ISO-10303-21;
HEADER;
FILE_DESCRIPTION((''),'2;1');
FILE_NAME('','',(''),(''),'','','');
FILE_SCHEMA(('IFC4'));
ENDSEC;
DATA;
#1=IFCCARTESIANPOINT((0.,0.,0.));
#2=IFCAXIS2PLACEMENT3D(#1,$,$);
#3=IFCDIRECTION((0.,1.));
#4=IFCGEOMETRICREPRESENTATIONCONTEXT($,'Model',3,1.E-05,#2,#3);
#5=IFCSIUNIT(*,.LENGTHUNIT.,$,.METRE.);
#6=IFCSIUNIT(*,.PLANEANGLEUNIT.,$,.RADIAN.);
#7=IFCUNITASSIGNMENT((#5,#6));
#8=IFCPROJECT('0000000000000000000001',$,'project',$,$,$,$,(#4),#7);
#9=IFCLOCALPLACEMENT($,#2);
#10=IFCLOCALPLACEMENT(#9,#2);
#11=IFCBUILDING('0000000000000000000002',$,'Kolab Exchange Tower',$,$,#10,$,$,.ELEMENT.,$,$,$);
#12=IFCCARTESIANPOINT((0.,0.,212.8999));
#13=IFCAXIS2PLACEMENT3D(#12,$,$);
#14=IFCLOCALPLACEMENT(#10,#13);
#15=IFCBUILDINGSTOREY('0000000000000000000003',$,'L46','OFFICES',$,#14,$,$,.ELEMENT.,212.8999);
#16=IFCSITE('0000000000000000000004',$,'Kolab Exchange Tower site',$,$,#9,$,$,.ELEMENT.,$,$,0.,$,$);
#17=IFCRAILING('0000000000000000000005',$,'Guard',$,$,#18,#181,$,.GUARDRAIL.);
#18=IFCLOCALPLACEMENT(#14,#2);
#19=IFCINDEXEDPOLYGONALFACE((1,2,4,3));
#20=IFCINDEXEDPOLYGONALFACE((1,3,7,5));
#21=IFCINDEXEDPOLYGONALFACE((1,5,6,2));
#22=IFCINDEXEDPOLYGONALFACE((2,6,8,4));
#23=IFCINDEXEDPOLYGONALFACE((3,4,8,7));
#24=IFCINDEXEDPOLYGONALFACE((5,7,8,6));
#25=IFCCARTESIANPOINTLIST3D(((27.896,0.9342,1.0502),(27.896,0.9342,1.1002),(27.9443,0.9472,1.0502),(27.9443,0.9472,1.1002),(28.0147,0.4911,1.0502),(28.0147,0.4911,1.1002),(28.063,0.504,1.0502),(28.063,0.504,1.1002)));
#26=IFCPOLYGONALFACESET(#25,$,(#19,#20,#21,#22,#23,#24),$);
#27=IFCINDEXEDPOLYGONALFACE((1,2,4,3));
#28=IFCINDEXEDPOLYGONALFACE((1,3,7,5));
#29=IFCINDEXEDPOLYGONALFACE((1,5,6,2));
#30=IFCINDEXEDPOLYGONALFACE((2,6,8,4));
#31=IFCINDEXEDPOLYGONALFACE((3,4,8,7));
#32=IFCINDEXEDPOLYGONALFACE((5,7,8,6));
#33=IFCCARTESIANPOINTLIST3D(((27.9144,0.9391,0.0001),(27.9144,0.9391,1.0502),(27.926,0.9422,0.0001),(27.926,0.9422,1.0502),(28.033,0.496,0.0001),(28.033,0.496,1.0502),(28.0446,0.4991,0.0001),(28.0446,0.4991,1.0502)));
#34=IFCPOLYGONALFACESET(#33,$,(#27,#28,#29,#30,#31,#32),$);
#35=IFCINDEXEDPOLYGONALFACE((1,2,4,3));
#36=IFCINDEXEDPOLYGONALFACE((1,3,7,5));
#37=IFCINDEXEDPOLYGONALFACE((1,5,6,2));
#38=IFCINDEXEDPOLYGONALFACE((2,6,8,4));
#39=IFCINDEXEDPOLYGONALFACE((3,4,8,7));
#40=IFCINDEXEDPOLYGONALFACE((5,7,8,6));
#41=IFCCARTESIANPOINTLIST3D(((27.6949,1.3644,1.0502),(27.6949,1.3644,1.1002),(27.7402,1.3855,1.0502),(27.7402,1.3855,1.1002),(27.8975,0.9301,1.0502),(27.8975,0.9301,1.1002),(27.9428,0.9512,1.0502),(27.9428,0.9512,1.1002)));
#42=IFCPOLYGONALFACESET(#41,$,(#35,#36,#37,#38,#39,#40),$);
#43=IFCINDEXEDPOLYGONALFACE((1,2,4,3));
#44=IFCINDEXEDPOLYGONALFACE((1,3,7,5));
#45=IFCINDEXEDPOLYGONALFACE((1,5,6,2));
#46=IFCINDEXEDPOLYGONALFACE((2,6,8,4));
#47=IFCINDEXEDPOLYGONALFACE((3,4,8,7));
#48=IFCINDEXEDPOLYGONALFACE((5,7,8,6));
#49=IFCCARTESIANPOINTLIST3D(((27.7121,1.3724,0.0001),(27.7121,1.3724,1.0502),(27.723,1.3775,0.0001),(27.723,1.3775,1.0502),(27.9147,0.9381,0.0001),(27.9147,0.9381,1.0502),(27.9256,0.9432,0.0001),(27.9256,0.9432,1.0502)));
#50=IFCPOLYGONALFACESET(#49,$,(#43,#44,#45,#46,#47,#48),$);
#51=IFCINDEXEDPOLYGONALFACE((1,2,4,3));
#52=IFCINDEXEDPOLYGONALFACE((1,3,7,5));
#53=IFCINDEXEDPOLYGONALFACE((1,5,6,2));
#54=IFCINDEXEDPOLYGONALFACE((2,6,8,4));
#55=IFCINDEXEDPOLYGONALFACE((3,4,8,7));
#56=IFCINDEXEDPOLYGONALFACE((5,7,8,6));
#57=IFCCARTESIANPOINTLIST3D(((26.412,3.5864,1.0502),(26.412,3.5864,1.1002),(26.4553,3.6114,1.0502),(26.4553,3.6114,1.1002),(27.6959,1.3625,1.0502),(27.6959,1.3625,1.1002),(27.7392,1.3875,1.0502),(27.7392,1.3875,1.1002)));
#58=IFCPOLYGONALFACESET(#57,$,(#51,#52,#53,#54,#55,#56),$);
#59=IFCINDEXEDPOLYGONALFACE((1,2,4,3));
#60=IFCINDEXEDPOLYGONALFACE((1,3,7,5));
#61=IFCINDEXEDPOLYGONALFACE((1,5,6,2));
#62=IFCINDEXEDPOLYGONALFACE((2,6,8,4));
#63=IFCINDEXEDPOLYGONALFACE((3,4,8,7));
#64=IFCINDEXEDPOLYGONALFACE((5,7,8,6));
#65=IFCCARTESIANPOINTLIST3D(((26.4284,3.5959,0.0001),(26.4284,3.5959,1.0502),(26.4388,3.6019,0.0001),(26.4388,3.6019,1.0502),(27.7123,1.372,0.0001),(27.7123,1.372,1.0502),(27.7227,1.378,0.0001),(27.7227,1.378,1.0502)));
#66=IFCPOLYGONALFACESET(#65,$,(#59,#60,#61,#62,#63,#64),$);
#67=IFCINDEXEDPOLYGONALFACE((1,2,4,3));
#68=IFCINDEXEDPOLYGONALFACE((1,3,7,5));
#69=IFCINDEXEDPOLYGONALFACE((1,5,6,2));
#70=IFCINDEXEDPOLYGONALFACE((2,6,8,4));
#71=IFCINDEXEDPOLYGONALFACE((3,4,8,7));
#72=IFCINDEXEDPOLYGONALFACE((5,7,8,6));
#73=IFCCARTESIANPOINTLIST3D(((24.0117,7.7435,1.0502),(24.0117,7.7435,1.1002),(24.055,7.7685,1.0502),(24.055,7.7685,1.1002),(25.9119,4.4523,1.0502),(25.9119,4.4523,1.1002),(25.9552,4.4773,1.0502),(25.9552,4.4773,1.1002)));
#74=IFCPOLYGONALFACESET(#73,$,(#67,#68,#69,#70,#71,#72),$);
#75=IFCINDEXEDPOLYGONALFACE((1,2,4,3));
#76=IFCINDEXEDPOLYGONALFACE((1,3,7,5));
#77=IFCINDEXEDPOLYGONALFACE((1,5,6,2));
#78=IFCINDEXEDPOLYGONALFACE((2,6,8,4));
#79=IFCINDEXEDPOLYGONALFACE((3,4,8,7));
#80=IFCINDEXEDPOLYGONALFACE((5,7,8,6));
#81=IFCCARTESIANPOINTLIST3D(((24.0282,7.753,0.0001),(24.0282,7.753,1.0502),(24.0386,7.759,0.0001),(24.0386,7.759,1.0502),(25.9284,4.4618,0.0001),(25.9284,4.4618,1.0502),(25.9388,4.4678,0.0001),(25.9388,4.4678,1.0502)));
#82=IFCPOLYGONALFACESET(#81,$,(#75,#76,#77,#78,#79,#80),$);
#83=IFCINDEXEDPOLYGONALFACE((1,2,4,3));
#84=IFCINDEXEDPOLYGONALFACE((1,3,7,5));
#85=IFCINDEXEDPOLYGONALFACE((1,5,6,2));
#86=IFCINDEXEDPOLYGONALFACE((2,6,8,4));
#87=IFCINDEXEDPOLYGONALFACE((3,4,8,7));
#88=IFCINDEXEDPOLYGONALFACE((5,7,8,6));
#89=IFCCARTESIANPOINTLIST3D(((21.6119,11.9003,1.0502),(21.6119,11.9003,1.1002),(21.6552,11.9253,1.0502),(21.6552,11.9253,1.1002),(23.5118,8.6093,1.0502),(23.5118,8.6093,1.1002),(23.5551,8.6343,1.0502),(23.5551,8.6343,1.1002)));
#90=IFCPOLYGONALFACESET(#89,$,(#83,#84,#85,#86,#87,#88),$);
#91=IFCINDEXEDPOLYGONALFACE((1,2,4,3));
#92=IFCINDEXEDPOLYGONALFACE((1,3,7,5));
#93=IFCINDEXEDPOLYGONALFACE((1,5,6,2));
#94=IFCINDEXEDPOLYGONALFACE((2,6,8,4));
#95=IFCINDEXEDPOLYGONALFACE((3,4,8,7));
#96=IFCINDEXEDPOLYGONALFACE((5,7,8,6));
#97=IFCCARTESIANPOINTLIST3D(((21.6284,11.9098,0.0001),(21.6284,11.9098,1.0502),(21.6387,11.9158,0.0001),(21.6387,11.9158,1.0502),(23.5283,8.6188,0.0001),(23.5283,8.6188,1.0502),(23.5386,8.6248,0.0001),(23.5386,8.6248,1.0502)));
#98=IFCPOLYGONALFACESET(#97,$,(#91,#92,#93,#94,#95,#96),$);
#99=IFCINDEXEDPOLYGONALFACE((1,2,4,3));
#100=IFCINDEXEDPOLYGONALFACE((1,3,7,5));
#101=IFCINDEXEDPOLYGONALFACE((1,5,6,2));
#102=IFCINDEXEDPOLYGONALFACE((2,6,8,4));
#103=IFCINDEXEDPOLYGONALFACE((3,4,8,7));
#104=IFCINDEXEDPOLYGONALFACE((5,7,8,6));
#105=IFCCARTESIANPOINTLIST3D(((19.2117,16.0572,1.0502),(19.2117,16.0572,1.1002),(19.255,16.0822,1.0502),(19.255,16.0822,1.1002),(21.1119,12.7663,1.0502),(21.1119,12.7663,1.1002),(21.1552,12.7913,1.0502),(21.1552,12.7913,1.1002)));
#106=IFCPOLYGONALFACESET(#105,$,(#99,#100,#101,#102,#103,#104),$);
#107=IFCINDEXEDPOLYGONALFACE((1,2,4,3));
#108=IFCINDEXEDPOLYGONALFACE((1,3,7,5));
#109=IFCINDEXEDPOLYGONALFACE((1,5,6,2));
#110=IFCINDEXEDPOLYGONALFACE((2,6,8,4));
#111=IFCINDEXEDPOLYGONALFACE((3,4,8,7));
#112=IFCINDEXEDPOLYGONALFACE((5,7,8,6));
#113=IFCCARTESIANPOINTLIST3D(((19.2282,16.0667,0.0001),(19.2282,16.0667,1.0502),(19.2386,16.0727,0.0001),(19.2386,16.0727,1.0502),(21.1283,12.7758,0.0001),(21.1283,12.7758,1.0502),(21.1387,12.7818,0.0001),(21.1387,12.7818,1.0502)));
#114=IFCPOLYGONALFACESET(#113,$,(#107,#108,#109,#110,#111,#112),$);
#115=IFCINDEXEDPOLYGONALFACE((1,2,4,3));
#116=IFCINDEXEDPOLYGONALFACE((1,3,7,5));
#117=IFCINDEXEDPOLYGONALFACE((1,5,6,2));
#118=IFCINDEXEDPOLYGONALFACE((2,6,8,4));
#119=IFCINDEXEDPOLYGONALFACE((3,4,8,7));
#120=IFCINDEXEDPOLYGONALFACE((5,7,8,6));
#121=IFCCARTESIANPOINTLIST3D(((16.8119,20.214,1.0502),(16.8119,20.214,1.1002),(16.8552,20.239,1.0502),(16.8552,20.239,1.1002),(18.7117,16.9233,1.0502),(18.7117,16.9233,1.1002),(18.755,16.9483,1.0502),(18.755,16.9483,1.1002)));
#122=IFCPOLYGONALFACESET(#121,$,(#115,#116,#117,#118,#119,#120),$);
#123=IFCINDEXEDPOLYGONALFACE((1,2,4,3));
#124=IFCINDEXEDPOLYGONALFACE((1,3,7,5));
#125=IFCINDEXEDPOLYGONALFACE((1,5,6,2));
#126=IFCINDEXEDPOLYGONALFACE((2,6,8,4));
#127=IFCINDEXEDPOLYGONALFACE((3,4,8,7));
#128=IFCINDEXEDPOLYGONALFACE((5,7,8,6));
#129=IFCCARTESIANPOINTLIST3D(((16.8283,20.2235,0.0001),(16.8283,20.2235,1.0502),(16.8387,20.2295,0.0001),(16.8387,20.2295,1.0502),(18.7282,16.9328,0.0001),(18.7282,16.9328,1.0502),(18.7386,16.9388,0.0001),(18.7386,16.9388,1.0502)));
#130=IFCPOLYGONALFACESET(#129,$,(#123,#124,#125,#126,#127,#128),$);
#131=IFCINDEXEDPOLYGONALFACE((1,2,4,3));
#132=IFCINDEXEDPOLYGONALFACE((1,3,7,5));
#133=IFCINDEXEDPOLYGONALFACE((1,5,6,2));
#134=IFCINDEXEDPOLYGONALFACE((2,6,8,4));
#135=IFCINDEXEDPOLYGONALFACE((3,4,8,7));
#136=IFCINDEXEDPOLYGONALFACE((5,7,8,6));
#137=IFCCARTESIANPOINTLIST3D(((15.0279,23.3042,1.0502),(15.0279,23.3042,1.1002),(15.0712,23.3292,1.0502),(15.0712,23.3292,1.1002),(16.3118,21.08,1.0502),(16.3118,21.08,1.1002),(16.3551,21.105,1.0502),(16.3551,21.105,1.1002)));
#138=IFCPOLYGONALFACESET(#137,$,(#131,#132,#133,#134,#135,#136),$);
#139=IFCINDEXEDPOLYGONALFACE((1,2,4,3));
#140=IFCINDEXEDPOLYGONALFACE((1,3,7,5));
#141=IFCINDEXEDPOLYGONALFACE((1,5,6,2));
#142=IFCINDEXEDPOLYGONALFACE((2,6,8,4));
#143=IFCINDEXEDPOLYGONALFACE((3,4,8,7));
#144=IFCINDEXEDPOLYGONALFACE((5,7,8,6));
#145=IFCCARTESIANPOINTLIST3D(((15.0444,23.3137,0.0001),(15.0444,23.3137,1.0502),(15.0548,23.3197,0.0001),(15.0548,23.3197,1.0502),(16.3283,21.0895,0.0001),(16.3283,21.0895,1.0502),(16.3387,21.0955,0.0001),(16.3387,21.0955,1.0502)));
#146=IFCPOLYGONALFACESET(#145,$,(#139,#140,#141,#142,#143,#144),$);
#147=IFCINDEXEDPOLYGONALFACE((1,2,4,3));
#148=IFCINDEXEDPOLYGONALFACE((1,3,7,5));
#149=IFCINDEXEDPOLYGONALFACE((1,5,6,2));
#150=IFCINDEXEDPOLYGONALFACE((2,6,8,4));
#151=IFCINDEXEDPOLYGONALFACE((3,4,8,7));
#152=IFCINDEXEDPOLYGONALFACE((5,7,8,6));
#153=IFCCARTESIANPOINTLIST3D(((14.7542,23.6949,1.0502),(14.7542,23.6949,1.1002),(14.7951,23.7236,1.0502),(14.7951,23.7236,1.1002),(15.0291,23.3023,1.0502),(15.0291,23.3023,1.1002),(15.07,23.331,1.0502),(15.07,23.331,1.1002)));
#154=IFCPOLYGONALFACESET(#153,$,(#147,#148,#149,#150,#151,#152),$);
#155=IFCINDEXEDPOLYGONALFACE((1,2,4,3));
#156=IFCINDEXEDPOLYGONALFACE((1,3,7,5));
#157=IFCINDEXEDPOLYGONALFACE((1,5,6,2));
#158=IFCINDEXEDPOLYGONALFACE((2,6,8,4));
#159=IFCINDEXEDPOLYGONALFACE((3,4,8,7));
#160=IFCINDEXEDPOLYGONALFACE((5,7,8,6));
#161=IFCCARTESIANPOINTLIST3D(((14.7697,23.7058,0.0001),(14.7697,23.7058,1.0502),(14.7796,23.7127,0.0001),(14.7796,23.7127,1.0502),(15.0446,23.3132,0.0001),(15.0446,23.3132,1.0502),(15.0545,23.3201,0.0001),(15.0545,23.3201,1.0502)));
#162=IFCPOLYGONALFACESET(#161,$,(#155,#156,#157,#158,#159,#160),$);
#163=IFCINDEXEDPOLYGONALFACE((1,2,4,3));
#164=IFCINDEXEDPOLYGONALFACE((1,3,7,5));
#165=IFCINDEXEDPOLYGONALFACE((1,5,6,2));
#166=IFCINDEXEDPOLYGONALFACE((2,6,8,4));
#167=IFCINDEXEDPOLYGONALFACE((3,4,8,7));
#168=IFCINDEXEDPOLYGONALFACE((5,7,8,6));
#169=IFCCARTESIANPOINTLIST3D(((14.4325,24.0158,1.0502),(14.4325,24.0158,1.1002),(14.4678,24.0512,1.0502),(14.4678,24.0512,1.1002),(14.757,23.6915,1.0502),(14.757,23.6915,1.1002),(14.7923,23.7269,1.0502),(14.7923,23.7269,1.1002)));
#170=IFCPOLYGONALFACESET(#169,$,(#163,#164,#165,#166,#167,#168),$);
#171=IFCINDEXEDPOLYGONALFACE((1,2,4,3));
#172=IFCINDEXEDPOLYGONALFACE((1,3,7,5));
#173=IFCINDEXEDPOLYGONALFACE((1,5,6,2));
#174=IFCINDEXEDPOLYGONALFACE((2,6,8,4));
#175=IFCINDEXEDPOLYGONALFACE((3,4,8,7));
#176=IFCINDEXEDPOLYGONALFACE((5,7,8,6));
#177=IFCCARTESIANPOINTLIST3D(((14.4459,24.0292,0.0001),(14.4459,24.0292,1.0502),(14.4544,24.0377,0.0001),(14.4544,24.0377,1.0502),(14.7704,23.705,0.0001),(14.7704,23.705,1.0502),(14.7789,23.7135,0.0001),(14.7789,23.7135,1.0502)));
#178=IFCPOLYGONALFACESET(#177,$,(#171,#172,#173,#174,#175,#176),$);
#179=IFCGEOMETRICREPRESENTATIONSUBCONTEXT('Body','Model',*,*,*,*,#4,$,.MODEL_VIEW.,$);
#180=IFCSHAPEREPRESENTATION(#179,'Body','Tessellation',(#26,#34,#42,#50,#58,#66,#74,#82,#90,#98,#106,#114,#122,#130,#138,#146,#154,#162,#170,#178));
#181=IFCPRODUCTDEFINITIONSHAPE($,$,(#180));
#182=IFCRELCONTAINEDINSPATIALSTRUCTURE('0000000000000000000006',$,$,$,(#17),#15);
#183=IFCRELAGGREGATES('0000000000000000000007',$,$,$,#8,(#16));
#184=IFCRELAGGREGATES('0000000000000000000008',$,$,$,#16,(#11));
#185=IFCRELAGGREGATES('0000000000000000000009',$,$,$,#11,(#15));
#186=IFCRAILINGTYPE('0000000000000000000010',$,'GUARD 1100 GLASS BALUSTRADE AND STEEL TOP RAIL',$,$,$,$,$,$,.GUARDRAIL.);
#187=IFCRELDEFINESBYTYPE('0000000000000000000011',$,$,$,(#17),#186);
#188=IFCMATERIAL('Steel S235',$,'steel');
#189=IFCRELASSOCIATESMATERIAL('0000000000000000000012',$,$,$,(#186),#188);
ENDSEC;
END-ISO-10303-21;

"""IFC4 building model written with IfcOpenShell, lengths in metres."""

from ifc_helpers import new_model, si_unit, direction, frame, frame_2d, origin, origin_2d, place, context, subcontext, project, spatial, rectangle, extrude, material, type_object, element, save


model = new_model("IFC4")

# Units and contexts
model_context = context("Model", 3, precision=1e-05, world=origin(), true_north=direction((0.0, 1.0)))
body_context = subcontext(model_context, "Body", "Model", "MODEL_VIEW")
ifc_project = project(units=[si_unit("LENGTHUNIT", "METRE"), si_unit("PLANEANGLEUNIT", "RADIAN")], contexts=[model_context])

# Site, building, storey
site_placement = place(None, origin())
site = spatial("IfcSite", under=ifc_project, at=site_placement, Name="Kolab Exchange Tower site", CompositionType="ELEMENT", RefElevation=0.0)
building_placement = place(site_placement, origin())
building = spatial("IfcBuilding", under=site, at=building_placement, Name="Kolab Exchange Tower", CompositionType="ELEMENT")
storey_placement = place(building_placement, frame((0.0, 0.0, 212.8999)))
storey = spatial("IfcBuildingStorey", under=building, at=storey_placement, Name="L46", Description="OFFICES", CompositionType="ELEMENT", Elevation=212.8999)

# Railing
ifc_material_1 = material(Name="Steel S235", Category="steel")
railing_type = type_object("IfcRailingType", Name="GUARD 1100 GLASS BALUSTRADE AND STEEL TOP RAIL", PredefinedType="GUARDRAIL", material=ifc_material_1)
railing_placement = place(storey_placement, frame((28.0388, 0.4976, 0.0)))
element("IfcRailing", 1, at=railing_placement, inside=storey, type_object=railing_type, Name="Guard", PredefinedType="GUARDRAIL", context=body_context, shape_type="SweptSolid", body=[
    extrude(rectangle(XDim=0.05, YDim=0.05, at=origin_2d()), frame((0.0, 0.0, 1.0752), z_axis=(-0.258656, 0.965969, 0.0), x_axis=(-0.965969, -0.258656, 0.0)), (0.0, 0.0, 1.0), 0.4587),
    extrude(rectangle(XDim=0.012, YDim=1.0501, at=frame_2d((0.0, 0.5251))), frame((0.0, 0.0, 0.0), z_axis=(-0.258656, 0.965969, 0.0), x_axis=(-0.965969, -0.258656, 0.0)), (0.0, 0.0, 1.0), 0.4587),
    extrude(rectangle(XDim=0.05, YDim=0.05, at=origin_2d()), frame((-0.1187, 0.4431, 1.0752), z_axis=(-0.422802, 0.906222, 0.0), x_axis=(-0.906222, -0.422802, 0.0)), (0.0, 0.0, 1.0), 0.4792),
    extrude(rectangle(XDim=0.012, YDim=1.0501, at=frame_2d((0.0, 0.5251))), frame((-0.1187, 0.4431, 0.0), z_axis=(-0.422802, 0.906222, 0.0), x_axis=(-0.906222, -0.422802, 0.0)), (0.0, 0.0, 1.0), 0.4792),
    extrude(rectangle(XDim=0.05, YDim=0.05, at=origin_2d()), frame((-0.3213, 0.8774, 1.0752), z_axis=(-0.499994, 0.866029, 0.0), x_axis=(-0.866029, -0.499994, 0.0)), (0.0, 0.0, 1.0), 2.5679),
    extrude(rectangle(XDim=0.012, YDim=1.0501, at=frame_2d((0.0, 0.5251))), frame((-0.3213, 0.8774, 0.0), z_axis=(-0.499994, 0.866029, 0.0), x_axis=(-0.866029, -0.499994, 0.0)), (0.0, 0.0, 1.0), 2.5679),
    extrude(rectangle(XDim=0.05, YDim=0.05, at=origin_2d()), frame((-2.1052, 3.9673, 1.0752), z_axis=(-0.500015, 0.866017, 0.0), x_axis=(-0.866017, -0.500015, 0.0)), (0.0, 0.0, 1.0), 3.8003),
    extrude(rectangle(XDim=0.012, YDim=1.0501, at=frame_2d((0.0, 0.5251))), frame((-2.1052, 3.9673, 0.0), z_axis=(-0.500015, 0.866017, 0.0), x_axis=(-0.866017, -0.500015, 0.0)), (0.0, 0.0, 1.0), 3.8003),
    extrude(rectangle(XDim=0.05, YDim=0.05, at=origin_2d()), frame((-4.5054, 8.1243, 1.0752), z_axis=(-0.499967, 0.866044, 0.0), x_axis=(-0.866044, -0.499967, 0.0)), (0.0, 0.0, 1.0), 3.8),
    extrude(rectangle(XDim=0.012, YDim=1.0501, at=frame_2d((0.0, 0.5251))), frame((-4.5054, 8.1243, 0.0), z_axis=(-0.499967, 0.866044, 0.0), x_axis=(-0.866044, -0.499967, 0.0)), (0.0, 0.0, 1.0), 3.8),
    extrude(rectangle(XDim=0.05, YDim=0.05, at=origin_2d()), frame((-6.9053, 12.2812, 1.0752), z_axis=(-0.500043, 0.866, 0.0), x_axis=(-0.866, -0.500043, 0.0)), (0.0, 0.0, 1.0), 3.8),
    extrude(rectangle(XDim=0.012, YDim=1.0501, at=frame_2d((0.0, 0.5251))), frame((-6.9053, 12.2812, 0.0), z_axis=(-0.500043, 0.866, 0.0), x_axis=(-0.866, -0.500043, 0.0)), (0.0, 0.0, 1.0), 3.8),
    extrude(rectangle(XDim=0.05, YDim=0.05, at=origin_2d()), frame((-9.3054, 16.4382, 1.0752), z_axis=(-0.499995, 0.866028, 0.0), x_axis=(-0.866028, -0.499995, 0.0)), (0.0, 0.0, 1.0), 3.7998),
    extrude(rectangle(XDim=0.012, YDim=1.0501, at=frame_2d((0.0, 0.5251))), frame((-9.3054, 16.4382, 0.0), z_axis=(-0.499995, 0.866028, 0.0), x_axis=(-0.866028, -0.499995, 0.0)), (0.0, 0.0, 1.0), 3.7998),
    extrude(rectangle(XDim=0.05, YDim=0.05, at=origin_2d()), frame((-11.7053, 20.595, 1.0752), z_axis=(-0.499953, 0.866053, 0.0), x_axis=(-0.866053, -0.499953, 0.0)), (0.0, 0.0, 1.0), 2.5681),
    extrude(rectangle(XDim=0.012, YDim=1.0501, at=frame_2d((0.0, 0.5251))), frame((-11.7053, 20.595, 0.0), z_axis=(-0.499953, 0.866053, 0.0), x_axis=(-0.866053, -0.499953, 0.0)), (0.0, 0.0, 1.0), 2.5681),
    extrude(rectangle(XDim=0.05, YDim=0.05, at=origin_2d()), frame((-12.9893, 22.8191, 1.0752), z_axis=(-0.573599, 0.819136, 0.0), x_axis=(-0.819136, -0.573599, 0.0)), (0.0, 0.0, 1.0), 0.4792),
    extrude(rectangle(XDim=0.012, YDim=1.0501, at=frame_2d((0.0, 0.5251))), frame((-12.9893, 22.8191, 0.0), z_axis=(-0.573599, 0.819136, 0.0), x_axis=(-0.819136, -0.573599, 0.0)), (0.0, 0.0, 1.0), 0.4792),
    extrude(rectangle(XDim=0.05, YDim=0.05, at=origin_2d()), frame((-13.2642, 23.2117, 1.0752), z_axis=(-0.707373, 0.706841, 0.0), x_axis=(-0.706841, -0.707373, 0.0)), (0.0, 0.0, 1.0), 0.4587),
    extrude(rectangle(XDim=0.012, YDim=1.0501, at=frame_2d((0.0, 0.5251))), frame((-13.2642, 23.2117, 0.0), z_axis=(-0.707373, 0.706841, 0.0), x_axis=(-0.706841, -0.707373, 0.0)), (0.0, 0.0, 1.0), 0.4587),
])

save(model, "model.ifc")
